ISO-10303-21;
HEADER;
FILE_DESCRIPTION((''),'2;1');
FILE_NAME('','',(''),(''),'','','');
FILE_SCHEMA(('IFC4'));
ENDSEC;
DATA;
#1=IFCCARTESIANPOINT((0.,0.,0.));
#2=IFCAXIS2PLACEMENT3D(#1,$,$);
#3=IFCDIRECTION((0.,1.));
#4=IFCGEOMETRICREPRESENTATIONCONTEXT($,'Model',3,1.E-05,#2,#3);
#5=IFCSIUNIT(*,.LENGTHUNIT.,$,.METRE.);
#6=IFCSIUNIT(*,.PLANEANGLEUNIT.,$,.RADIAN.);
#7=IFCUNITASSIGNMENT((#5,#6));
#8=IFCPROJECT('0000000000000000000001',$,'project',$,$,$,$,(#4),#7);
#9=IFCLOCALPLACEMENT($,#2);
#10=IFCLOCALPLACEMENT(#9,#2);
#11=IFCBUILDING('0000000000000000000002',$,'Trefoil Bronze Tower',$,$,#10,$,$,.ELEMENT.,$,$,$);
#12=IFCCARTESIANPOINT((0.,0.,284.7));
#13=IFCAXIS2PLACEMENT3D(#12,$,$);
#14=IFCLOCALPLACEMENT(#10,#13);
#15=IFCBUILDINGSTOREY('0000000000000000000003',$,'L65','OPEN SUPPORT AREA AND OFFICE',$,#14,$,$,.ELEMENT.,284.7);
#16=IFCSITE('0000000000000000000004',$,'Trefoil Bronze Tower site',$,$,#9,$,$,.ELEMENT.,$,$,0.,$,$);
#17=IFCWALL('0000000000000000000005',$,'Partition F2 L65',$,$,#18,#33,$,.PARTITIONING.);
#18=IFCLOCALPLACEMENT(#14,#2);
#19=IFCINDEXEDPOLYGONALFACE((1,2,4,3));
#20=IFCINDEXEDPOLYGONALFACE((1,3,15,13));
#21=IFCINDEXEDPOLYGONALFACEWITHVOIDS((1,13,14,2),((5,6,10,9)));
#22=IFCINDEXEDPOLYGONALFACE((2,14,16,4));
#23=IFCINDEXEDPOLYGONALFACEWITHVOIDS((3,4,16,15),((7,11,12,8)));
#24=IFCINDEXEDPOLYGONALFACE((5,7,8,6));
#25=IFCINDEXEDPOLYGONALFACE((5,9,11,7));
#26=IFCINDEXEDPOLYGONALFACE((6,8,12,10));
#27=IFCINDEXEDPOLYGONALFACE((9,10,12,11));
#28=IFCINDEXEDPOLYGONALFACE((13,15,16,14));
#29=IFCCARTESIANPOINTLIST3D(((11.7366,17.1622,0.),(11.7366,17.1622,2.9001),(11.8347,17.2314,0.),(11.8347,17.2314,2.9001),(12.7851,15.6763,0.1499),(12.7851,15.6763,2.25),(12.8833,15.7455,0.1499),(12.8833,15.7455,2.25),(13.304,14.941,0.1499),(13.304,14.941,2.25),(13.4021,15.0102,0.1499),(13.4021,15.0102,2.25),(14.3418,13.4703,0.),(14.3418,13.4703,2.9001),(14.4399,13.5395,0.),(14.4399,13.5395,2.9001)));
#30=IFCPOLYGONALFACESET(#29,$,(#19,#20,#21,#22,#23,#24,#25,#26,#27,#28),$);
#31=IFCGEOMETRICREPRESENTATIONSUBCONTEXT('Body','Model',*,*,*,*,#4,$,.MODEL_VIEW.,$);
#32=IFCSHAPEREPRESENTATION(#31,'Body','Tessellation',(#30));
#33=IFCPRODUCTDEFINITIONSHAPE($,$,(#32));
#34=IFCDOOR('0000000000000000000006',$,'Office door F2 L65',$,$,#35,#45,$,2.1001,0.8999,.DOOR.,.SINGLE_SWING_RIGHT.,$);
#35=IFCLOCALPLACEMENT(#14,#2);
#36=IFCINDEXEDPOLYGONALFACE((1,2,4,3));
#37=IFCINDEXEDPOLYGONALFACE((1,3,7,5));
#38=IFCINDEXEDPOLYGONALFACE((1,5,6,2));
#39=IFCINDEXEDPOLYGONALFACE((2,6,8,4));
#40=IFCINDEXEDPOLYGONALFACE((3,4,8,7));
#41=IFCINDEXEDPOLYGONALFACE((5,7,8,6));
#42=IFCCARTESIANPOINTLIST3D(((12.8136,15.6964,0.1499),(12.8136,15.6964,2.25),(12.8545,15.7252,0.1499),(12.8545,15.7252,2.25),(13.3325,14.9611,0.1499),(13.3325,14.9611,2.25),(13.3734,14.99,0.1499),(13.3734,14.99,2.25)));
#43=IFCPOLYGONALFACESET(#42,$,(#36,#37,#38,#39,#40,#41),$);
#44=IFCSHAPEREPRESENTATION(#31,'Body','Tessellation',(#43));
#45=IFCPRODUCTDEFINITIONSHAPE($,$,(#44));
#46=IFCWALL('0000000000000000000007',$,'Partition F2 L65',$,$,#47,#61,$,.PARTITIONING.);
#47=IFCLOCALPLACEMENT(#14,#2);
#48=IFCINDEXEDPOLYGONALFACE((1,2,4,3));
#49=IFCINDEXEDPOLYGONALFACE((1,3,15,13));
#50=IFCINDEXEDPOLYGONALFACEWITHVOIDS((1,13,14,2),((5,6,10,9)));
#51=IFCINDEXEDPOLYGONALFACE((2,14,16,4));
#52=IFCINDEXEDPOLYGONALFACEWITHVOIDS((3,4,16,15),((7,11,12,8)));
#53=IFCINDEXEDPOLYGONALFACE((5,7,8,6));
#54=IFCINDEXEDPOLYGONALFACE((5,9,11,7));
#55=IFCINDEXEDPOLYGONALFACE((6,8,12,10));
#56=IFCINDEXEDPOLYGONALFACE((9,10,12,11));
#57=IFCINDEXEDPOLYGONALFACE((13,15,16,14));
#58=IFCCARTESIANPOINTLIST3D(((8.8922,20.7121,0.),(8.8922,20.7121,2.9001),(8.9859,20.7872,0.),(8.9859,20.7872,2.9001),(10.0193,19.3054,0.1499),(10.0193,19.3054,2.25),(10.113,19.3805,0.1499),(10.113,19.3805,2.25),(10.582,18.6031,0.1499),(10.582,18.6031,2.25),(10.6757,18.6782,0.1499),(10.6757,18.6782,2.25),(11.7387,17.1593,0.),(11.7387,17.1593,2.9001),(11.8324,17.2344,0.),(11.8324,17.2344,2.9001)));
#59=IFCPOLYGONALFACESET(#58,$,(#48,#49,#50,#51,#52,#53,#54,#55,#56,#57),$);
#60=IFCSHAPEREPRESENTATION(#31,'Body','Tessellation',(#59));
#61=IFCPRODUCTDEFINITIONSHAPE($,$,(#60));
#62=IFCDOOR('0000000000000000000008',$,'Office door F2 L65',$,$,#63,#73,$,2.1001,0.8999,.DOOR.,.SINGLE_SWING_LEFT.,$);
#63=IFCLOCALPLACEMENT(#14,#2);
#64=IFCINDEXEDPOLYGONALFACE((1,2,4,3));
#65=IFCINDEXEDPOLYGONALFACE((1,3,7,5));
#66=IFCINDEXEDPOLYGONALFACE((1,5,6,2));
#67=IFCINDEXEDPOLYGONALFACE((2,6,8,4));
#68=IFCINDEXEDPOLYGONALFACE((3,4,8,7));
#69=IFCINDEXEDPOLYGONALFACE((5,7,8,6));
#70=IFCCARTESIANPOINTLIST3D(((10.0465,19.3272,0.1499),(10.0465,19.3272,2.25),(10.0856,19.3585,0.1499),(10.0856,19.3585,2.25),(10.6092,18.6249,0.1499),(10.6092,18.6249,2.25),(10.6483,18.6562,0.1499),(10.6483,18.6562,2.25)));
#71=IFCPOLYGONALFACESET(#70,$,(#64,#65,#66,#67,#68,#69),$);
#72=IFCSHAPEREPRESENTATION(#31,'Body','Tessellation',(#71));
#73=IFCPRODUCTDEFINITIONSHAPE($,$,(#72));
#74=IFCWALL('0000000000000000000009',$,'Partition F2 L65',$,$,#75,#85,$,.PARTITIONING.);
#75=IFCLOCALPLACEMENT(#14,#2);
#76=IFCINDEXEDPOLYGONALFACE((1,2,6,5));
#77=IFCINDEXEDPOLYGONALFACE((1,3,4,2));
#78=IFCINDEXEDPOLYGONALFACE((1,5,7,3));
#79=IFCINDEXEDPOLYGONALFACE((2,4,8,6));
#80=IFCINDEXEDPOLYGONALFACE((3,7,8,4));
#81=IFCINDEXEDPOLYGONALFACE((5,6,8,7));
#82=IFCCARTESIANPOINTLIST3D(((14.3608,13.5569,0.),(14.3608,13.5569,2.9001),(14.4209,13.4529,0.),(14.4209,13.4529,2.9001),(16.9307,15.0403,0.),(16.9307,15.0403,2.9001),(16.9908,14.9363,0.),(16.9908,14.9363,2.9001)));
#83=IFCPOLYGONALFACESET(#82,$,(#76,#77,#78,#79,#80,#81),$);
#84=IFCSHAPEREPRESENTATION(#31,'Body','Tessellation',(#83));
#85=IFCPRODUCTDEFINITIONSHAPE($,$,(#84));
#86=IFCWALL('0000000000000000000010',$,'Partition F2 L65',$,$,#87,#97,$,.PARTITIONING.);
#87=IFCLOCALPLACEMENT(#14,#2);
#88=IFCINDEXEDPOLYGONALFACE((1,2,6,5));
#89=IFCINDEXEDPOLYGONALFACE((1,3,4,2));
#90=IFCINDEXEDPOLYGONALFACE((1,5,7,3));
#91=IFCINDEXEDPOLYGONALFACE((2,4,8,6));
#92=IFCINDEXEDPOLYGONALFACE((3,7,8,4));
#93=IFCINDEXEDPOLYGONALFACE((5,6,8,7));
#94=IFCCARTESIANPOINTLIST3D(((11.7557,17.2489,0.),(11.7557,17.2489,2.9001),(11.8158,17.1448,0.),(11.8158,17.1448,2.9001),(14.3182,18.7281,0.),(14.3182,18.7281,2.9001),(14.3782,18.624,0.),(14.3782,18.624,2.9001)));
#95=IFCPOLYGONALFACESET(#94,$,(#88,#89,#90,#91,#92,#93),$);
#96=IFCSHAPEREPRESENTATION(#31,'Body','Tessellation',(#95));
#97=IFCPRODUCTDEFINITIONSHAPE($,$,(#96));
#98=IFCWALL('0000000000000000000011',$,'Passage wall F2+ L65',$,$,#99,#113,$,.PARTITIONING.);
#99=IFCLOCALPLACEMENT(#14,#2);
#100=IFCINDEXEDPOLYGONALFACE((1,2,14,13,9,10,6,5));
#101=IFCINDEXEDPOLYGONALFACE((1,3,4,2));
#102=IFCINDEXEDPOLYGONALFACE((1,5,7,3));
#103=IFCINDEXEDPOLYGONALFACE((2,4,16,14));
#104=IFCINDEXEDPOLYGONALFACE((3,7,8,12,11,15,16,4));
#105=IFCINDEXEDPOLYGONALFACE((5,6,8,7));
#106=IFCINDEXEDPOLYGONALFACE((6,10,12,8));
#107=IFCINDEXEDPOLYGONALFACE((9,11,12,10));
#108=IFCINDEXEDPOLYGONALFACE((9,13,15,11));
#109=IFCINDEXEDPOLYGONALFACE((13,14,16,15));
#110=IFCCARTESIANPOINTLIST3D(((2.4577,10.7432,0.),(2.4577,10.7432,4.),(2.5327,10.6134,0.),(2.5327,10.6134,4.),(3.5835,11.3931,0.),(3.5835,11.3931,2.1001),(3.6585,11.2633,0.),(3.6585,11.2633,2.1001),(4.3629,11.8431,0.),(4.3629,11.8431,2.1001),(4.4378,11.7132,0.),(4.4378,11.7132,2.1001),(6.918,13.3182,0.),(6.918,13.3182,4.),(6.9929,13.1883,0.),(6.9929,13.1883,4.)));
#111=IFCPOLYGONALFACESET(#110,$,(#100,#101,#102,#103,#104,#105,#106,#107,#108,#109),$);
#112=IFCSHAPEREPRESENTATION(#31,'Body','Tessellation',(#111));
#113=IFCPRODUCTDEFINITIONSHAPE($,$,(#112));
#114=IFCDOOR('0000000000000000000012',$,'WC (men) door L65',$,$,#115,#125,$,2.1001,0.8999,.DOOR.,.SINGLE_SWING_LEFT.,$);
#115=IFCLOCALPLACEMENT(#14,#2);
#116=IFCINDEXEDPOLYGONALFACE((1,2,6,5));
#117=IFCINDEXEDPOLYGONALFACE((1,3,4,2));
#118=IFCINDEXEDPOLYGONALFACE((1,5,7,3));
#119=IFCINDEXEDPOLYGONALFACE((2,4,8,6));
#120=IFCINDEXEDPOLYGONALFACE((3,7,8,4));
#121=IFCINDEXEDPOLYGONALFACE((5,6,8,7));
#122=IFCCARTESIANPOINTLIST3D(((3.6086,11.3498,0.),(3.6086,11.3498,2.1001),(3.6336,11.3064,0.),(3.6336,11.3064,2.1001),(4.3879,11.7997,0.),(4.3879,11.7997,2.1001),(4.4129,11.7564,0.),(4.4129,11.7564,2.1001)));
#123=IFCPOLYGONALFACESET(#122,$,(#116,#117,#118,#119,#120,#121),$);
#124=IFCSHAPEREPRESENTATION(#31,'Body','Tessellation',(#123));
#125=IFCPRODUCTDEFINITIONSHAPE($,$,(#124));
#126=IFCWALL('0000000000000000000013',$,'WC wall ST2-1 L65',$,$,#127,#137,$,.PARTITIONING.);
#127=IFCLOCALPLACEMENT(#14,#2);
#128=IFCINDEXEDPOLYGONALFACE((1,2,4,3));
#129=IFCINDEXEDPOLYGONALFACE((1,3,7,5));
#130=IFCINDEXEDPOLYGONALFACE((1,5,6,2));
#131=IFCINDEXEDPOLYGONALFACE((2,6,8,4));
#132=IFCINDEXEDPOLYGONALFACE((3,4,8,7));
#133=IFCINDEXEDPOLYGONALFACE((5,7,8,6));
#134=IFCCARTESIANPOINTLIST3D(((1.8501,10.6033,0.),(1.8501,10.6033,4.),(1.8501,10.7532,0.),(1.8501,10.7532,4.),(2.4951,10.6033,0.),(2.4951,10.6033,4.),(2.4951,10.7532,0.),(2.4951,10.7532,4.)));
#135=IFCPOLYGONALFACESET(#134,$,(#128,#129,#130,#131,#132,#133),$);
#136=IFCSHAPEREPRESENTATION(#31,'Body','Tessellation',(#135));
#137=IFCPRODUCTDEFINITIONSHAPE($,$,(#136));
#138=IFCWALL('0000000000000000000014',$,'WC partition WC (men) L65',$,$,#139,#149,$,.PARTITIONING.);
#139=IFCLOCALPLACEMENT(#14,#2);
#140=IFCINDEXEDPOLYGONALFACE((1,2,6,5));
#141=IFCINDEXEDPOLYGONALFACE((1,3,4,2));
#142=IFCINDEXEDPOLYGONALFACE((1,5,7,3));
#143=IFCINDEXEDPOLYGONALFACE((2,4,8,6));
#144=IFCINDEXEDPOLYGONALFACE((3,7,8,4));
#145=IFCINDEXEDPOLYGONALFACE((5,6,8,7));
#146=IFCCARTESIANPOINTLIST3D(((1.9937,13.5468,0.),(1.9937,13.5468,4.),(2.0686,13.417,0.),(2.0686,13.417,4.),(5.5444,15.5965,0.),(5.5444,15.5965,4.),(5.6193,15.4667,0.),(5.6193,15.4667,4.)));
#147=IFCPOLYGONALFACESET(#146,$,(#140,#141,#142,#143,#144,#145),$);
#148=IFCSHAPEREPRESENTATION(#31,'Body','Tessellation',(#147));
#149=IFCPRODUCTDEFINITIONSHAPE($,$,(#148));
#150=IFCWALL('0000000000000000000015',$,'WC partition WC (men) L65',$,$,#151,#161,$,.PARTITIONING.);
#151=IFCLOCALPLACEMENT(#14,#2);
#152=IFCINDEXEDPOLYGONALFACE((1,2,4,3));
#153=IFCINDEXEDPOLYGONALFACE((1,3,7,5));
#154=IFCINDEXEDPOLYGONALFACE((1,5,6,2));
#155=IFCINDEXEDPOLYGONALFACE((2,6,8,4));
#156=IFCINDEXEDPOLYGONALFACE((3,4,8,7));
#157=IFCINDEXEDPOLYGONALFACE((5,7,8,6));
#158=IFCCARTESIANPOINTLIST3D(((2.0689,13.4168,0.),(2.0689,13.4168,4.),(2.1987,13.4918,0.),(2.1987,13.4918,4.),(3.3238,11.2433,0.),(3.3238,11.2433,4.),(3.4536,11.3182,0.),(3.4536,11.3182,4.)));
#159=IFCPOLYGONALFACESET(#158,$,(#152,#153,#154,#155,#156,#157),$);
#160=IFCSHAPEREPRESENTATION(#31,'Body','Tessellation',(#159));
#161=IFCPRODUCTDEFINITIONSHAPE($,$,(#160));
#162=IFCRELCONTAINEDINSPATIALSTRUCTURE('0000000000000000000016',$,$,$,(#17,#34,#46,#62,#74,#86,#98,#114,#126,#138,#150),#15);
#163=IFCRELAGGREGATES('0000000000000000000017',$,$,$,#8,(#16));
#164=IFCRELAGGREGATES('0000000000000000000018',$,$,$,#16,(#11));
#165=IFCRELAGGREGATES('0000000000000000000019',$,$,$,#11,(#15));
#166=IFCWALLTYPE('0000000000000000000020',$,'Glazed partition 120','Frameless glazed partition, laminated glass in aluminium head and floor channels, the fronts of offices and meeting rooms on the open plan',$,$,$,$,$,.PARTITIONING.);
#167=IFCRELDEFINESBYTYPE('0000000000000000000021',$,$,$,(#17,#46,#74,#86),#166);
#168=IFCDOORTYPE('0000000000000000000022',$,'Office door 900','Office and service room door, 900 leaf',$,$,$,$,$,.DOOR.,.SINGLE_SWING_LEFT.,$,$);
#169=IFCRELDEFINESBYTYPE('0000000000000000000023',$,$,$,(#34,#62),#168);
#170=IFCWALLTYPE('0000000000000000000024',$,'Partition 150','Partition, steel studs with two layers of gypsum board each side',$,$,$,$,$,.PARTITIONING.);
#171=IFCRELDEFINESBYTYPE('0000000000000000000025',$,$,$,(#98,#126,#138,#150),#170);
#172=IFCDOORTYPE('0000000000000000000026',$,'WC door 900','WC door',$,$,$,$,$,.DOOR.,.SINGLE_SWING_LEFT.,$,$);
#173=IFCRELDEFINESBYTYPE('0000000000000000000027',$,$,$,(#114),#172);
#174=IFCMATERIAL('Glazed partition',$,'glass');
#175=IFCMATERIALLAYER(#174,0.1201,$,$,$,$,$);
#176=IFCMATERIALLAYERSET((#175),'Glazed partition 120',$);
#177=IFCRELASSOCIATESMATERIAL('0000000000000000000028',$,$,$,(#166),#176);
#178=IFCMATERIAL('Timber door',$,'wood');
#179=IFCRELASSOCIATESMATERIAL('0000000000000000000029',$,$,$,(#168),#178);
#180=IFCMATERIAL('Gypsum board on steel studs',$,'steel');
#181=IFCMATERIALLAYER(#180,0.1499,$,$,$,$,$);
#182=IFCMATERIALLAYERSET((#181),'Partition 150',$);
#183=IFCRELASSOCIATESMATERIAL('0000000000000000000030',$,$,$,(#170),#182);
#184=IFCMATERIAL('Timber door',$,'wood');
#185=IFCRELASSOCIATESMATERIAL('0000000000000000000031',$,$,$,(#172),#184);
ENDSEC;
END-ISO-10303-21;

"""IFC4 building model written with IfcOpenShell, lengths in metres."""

from ifc_helpers import new_model, si_unit, direction, frame, frame_2d, origin, place, context, subcontext, project, spatial, rectangle, extrude, material, layer, layer_set, type_object, element, fill, save


model = new_model("IFC4")

# Units and contexts
model_context = context("Model", 3, precision=1e-05, world=origin(), true_north=direction((0.0, 1.0)))
body_context = subcontext(model_context, "Body", "Model", "MODEL_VIEW")
ifc_project = project(units=[si_unit("LENGTHUNIT", "METRE"), si_unit("PLANEANGLEUNIT", "RADIAN")], contexts=[model_context])

# Site, building, storey
site_placement = place(None, origin())
site = spatial("IfcSite", under=ifc_project, at=site_placement, Name="Trefoil Bronze Tower site", CompositionType="ELEMENT", RefElevation=0.0)
building_placement = place(site_placement, origin())
building = spatial("IfcBuilding", under=site, at=building_placement, Name="Trefoil Bronze Tower", CompositionType="ELEMENT")
storey_placement = place(building_placement, frame((0.0, 0.0, 284.7)))
storey = spatial("IfcBuildingStorey", under=building, at=storey_placement, Name="L65", Description="OPEN SUPPORT AREA AND OFFICE", CompositionType="ELEMENT", Elevation=284.7)

# Walls, openings, doors
ifc_material_1 = material(Name="Glazed partition", Category="glass")
ifc_layer_1 = layer(ifc_material_1, 0.1201)
ifc_layer_set_1 = layer_set([ifc_layer_1], Name="Glazed partition 120")
wall_type_1 = type_object("IfcWallType", Name="Glazed partition 120", Description="Frameless glazed partition, laminated glass in aluminium head and floor channels, the fronts of offices and meeting rooms on the open plan", PredefinedType="PARTITIONING", material=ifc_layer_set_1)
wall_1_placement = place(storey_placement, frame((14.3909, 13.5049, 0.0), z_axis=(0.0, 0.0, 1.0), x_axis=(-0.576562, 0.817053, 0.0)))
wall_1 = element("IfcWall", 1, at=wall_1_placement, inside=storey, type_object=wall_type_1, Name="Partition F2 L65", PredefinedType="PARTITIONING", context=body_context, shape_type="SweptSolid", body=[
    extrude(rectangle(XDim=4.5186, YDim=0.1201, at=frame_2d((2.2593, 0.0))), origin(), (0.0, 0.0, 1.0), 2.9001),
])
opening_1_placement = place(wall_1_placement, frame((1.8, 0.0, 0.1499)))
opening_1 = element("IfcOpeningElement", 2, at=opening_1_placement, cuts=wall_1, PredefinedType="OPENING", context=body_context, shape_type="SweptSolid", body=[
    extrude(rectangle(XDim=0.8999, YDim=2.1001, at=frame_2d((0.45, 1.05))), frame((0.0, 0.0701, 0.0), z_axis=(0.0, -1.0, 0.0), x_axis=(1.0, 0.0, 0.0)), (0.0, 0.0, 1.0), 0.1401),
])
ifc_material_2 = material(Name="Timber door", Category="wood")
door_type_1 = type_object("IfcDoorType", Name="Office door 900", Description="Office and service room door, 900 leaf", OperationType="SINGLE_SWING_LEFT", PredefinedType="DOOR", material=ifc_material_2)
door_1_placement = place(opening_1_placement, frame((0.8999, 0.0, 0.0), z_axis=(0.0, 0.0, 1.0), x_axis=(-1.0, 0.0, 0.0)))
door_1 = element("IfcDoor", 3, at=door_1_placement, inside=storey, type_object=door_type_1, Name="Office door F2 L65", OperationType="SINGLE_SWING_RIGHT", OverallHeight=2.1001, OverallWidth=0.8999, PredefinedType="DOOR", context=body_context, shape_type="SweptSolid", body=[
    extrude(rectangle(XDim=0.8999, YDim=2.1001, at=frame_2d((0.45, 1.05))), frame((0.0, 0.0249, 0.0), z_axis=(0.0, -1.0, 0.0), x_axis=(1.0, 0.0, 0.0)), (0.0, 0.0, 1.0), 0.05),
])
fill(opening_1, door_1)
wall_2_placement = place(storey_placement, frame((11.7856, 17.1968, 0.0), z_axis=(0.0, 0.0, 1.0), x_axis=(-0.625264, 0.780413, 0.0)))
wall_2 = element("IfcWall", 4, at=wall_2_placement, inside=storey, type_object=wall_type_1, Name="Partition F2 L65", PredefinedType="PARTITIONING", context=body_context, shape_type="SweptSolid", body=[
    extrude(rectangle(XDim=4.5525, YDim=0.1201, at=frame_2d((2.2764, 0.0))), origin(), (0.0, 0.0, 1.0), 2.9001),
])
opening_2_placement = place(wall_2_placement, frame((1.8501, 0.0, 0.1499)))
opening_2 = element("IfcOpeningElement", 5, at=opening_2_placement, cuts=wall_2, PredefinedType="OPENING", context=body_context, shape_type="SweptSolid", body=[
    extrude(rectangle(XDim=0.8999, YDim=2.1001, at=frame_2d((0.45, 1.05))), frame((0.0, 0.0701, 0.0), z_axis=(0.0, -1.0, 0.0), x_axis=(1.0, 0.0, 0.0)), (0.0, 0.0, 1.0), 0.1401),
])
door_2_placement = place(opening_2_placement, frame((0.8999, 0.0, 0.0), z_axis=(0.0, 0.0, 1.0), x_axis=(-1.0, 0.0, 0.0)))
door_2 = element("IfcDoor", 6, at=door_2_placement, inside=storey, type_object=door_type_1, Name="Office door F2 L65", OperationType="SINGLE_SWING_LEFT", OverallHeight=2.1001, OverallWidth=0.8999, PredefinedType="DOOR", context=body_context, shape_type="SweptSolid", body=[
    extrude(rectangle(XDim=0.8999, YDim=2.1001, at=frame_2d((0.45, 1.05))), frame((0.0, 0.0249, 0.0), z_axis=(0.0, -1.0, 0.0), x_axis=(1.0, 0.0, 0.0)), (0.0, 0.0, 1.0), 0.05),
])
fill(opening_2, door_2)

# Walls
wall_3_placement = place(storey_placement, frame((14.3909, 13.5049, 0.0), z_axis=(0.0, 0.0, 1.0), x_axis=(0.866068, 0.499927, 0.0)))
element("IfcWall", 7, at=wall_3_placement, inside=storey, type_object=wall_type_1, Name="Partition F2 L65", PredefinedType="PARTITIONING", context=body_context, shape_type="SweptSolid", body=[
    extrude(rectangle(XDim=2.9673, YDim=0.1201, at=frame_2d((1.4836, 0.0))), origin(), (0.0, 0.0, 1.0), 2.9001),
])
wall_4_placement = place(storey_placement, frame((11.7856, 17.1968, 0.0), z_axis=(0.0, 0.0, 1.0), x_axis=(0.866056, 0.499946, 0.0)))
element("IfcWall", 8, at=wall_4_placement, inside=storey, type_object=wall_type_1, Name="Partition F2 L65", PredefinedType="PARTITIONING", context=body_context, shape_type="SweptSolid", body=[
    extrude(rectangle(XDim=2.9587, YDim=0.1201, at=frame_2d((1.4795, 0.0))), origin(), (0.0, 0.0, 1.0), 2.9001),
])

# Wall, opening, door
ifc_material_3 = material(Name="Gypsum board on steel studs", Category="steel")
ifc_layer_2 = layer(ifc_material_3, 0.1499)
ifc_layer_set_2 = layer_set([ifc_layer_2], Name="Partition 150")
wall_type_2 = type_object("IfcWallType", Name="Partition 150", Description="Partition, steel studs with two layers of gypsum board each side", PredefinedType="PARTITIONING", material=ifc_layer_set_2)
wall_5_placement = place(storey_placement, frame((2.4951, 10.6782, 0.0), z_axis=(0.0, 0.0, 1.0), x_axis=(0.866038, 0.499978, 0.0)))
wall_5 = element("IfcWall", 9, at=wall_5_placement, inside=storey, type_object=wall_type_2, Name="Passage wall F2+ L65", PredefinedType="PARTITIONING", context=body_context, shape_type="SweptSolid", body=[
    extrude(rectangle(XDim=5.1501, YDim=0.1499, at=frame_2d((2.5752, 0.0))), origin(), (0.0, 0.0, 1.0), 4.0),
])
opening_3_placement = place(wall_5_placement, frame((1.3, 0.0, 0.0)))
opening_3 = element("IfcOpeningElement", 10, at=opening_3_placement, cuts=wall_5, PredefinedType="OPENING", context=body_context, shape_type="SweptSolid", body=[
    extrude(rectangle(XDim=0.8999, YDim=2.1001, at=frame_2d((0.45, 1.05))), frame((0.0, 0.085, 0.0), z_axis=(0.0, -1.0, 0.0), x_axis=(1.0, 0.0, 0.0)), (0.0, 0.0, 1.0), 0.1699),
])
ifc_material_4 = material(Name="Timber door", Category="wood")
door_type_2 = type_object("IfcDoorType", Name="WC door 900", Description="WC door", OperationType="SINGLE_SWING_LEFT", PredefinedType="DOOR", material=ifc_material_4)
door_3_placement = place(opening_3_placement, origin())
door_3 = element("IfcDoor", 11, at=door_3_placement, inside=storey, type_object=door_type_2, Name="WC (men) door L65", OperationType="SINGLE_SWING_LEFT", OverallHeight=2.1001, OverallWidth=0.8999, PredefinedType="DOOR", context=body_context, shape_type="SweptSolid", body=[
    extrude(rectangle(XDim=0.8999, YDim=2.1001, at=frame_2d((0.45, 1.05))), frame((0.0, 0.0249, 0.0), z_axis=(0.0, -1.0, 0.0), x_axis=(1.0, 0.0, 0.0)), (0.0, 0.0, 1.0), 0.05),
])
fill(opening_3, door_3)

# Walls
wall_6_placement = place(storey_placement, frame((2.4951, 10.6782, 0.0), z_axis=(0.0, 0.0, 1.0), x_axis=(-1.0, 0.0, 0.0)))
element("IfcWall", 12, at=wall_6_placement, inside=storey, type_object=wall_type_2, Name="WC wall ST2-1 L65", PredefinedType="PARTITIONING", context=body_context, shape_type="SweptSolid", body=[
    extrude(rectangle(XDim=0.645, YDim=0.1499, at=frame_2d((0.3225, 0.0))), origin(), (0.0, 0.0, 1.0), 4.0),
])
wall_7_placement = place(storey_placement, frame((2.0312, 13.4819, 0.0), z_axis=(0.0, 0.0, 1.0), x_axis=(0.866051, 0.499956, 0.0)))
element("IfcWall", 13, at=wall_7_placement, inside=storey, type_object=wall_type_2, Name="WC partition WC (men) L65", PredefinedType="PARTITIONING", context=body_context, shape_type="SweptSolid", body=[
    extrude(rectangle(XDim=4.0999, YDim=0.1499, at=frame_2d((2.0498, 0.0))), origin(), (0.0, 0.0, 1.0), 4.0),
])
wall_8_placement = place(storey_placement, frame((3.3887, 11.2808, 0.0), z_axis=(0.0, 0.0, 1.0), x_axis=(-0.499989, 0.866032, 0.0)))
element("IfcWall", 14, at=wall_8_placement, inside=storey, type_object=wall_type_2, Name="WC partition WC (men) L65", PredefinedType="PARTITIONING", context=body_context, shape_type="SweptSolid", body=[
    extrude(rectangle(XDim=2.5098, YDim=0.1499, at=frame_2d((1.2549, 0.0))), origin(), (0.0, 0.0, 1.0), 4.0),
])

save(model, "model.ifc")
